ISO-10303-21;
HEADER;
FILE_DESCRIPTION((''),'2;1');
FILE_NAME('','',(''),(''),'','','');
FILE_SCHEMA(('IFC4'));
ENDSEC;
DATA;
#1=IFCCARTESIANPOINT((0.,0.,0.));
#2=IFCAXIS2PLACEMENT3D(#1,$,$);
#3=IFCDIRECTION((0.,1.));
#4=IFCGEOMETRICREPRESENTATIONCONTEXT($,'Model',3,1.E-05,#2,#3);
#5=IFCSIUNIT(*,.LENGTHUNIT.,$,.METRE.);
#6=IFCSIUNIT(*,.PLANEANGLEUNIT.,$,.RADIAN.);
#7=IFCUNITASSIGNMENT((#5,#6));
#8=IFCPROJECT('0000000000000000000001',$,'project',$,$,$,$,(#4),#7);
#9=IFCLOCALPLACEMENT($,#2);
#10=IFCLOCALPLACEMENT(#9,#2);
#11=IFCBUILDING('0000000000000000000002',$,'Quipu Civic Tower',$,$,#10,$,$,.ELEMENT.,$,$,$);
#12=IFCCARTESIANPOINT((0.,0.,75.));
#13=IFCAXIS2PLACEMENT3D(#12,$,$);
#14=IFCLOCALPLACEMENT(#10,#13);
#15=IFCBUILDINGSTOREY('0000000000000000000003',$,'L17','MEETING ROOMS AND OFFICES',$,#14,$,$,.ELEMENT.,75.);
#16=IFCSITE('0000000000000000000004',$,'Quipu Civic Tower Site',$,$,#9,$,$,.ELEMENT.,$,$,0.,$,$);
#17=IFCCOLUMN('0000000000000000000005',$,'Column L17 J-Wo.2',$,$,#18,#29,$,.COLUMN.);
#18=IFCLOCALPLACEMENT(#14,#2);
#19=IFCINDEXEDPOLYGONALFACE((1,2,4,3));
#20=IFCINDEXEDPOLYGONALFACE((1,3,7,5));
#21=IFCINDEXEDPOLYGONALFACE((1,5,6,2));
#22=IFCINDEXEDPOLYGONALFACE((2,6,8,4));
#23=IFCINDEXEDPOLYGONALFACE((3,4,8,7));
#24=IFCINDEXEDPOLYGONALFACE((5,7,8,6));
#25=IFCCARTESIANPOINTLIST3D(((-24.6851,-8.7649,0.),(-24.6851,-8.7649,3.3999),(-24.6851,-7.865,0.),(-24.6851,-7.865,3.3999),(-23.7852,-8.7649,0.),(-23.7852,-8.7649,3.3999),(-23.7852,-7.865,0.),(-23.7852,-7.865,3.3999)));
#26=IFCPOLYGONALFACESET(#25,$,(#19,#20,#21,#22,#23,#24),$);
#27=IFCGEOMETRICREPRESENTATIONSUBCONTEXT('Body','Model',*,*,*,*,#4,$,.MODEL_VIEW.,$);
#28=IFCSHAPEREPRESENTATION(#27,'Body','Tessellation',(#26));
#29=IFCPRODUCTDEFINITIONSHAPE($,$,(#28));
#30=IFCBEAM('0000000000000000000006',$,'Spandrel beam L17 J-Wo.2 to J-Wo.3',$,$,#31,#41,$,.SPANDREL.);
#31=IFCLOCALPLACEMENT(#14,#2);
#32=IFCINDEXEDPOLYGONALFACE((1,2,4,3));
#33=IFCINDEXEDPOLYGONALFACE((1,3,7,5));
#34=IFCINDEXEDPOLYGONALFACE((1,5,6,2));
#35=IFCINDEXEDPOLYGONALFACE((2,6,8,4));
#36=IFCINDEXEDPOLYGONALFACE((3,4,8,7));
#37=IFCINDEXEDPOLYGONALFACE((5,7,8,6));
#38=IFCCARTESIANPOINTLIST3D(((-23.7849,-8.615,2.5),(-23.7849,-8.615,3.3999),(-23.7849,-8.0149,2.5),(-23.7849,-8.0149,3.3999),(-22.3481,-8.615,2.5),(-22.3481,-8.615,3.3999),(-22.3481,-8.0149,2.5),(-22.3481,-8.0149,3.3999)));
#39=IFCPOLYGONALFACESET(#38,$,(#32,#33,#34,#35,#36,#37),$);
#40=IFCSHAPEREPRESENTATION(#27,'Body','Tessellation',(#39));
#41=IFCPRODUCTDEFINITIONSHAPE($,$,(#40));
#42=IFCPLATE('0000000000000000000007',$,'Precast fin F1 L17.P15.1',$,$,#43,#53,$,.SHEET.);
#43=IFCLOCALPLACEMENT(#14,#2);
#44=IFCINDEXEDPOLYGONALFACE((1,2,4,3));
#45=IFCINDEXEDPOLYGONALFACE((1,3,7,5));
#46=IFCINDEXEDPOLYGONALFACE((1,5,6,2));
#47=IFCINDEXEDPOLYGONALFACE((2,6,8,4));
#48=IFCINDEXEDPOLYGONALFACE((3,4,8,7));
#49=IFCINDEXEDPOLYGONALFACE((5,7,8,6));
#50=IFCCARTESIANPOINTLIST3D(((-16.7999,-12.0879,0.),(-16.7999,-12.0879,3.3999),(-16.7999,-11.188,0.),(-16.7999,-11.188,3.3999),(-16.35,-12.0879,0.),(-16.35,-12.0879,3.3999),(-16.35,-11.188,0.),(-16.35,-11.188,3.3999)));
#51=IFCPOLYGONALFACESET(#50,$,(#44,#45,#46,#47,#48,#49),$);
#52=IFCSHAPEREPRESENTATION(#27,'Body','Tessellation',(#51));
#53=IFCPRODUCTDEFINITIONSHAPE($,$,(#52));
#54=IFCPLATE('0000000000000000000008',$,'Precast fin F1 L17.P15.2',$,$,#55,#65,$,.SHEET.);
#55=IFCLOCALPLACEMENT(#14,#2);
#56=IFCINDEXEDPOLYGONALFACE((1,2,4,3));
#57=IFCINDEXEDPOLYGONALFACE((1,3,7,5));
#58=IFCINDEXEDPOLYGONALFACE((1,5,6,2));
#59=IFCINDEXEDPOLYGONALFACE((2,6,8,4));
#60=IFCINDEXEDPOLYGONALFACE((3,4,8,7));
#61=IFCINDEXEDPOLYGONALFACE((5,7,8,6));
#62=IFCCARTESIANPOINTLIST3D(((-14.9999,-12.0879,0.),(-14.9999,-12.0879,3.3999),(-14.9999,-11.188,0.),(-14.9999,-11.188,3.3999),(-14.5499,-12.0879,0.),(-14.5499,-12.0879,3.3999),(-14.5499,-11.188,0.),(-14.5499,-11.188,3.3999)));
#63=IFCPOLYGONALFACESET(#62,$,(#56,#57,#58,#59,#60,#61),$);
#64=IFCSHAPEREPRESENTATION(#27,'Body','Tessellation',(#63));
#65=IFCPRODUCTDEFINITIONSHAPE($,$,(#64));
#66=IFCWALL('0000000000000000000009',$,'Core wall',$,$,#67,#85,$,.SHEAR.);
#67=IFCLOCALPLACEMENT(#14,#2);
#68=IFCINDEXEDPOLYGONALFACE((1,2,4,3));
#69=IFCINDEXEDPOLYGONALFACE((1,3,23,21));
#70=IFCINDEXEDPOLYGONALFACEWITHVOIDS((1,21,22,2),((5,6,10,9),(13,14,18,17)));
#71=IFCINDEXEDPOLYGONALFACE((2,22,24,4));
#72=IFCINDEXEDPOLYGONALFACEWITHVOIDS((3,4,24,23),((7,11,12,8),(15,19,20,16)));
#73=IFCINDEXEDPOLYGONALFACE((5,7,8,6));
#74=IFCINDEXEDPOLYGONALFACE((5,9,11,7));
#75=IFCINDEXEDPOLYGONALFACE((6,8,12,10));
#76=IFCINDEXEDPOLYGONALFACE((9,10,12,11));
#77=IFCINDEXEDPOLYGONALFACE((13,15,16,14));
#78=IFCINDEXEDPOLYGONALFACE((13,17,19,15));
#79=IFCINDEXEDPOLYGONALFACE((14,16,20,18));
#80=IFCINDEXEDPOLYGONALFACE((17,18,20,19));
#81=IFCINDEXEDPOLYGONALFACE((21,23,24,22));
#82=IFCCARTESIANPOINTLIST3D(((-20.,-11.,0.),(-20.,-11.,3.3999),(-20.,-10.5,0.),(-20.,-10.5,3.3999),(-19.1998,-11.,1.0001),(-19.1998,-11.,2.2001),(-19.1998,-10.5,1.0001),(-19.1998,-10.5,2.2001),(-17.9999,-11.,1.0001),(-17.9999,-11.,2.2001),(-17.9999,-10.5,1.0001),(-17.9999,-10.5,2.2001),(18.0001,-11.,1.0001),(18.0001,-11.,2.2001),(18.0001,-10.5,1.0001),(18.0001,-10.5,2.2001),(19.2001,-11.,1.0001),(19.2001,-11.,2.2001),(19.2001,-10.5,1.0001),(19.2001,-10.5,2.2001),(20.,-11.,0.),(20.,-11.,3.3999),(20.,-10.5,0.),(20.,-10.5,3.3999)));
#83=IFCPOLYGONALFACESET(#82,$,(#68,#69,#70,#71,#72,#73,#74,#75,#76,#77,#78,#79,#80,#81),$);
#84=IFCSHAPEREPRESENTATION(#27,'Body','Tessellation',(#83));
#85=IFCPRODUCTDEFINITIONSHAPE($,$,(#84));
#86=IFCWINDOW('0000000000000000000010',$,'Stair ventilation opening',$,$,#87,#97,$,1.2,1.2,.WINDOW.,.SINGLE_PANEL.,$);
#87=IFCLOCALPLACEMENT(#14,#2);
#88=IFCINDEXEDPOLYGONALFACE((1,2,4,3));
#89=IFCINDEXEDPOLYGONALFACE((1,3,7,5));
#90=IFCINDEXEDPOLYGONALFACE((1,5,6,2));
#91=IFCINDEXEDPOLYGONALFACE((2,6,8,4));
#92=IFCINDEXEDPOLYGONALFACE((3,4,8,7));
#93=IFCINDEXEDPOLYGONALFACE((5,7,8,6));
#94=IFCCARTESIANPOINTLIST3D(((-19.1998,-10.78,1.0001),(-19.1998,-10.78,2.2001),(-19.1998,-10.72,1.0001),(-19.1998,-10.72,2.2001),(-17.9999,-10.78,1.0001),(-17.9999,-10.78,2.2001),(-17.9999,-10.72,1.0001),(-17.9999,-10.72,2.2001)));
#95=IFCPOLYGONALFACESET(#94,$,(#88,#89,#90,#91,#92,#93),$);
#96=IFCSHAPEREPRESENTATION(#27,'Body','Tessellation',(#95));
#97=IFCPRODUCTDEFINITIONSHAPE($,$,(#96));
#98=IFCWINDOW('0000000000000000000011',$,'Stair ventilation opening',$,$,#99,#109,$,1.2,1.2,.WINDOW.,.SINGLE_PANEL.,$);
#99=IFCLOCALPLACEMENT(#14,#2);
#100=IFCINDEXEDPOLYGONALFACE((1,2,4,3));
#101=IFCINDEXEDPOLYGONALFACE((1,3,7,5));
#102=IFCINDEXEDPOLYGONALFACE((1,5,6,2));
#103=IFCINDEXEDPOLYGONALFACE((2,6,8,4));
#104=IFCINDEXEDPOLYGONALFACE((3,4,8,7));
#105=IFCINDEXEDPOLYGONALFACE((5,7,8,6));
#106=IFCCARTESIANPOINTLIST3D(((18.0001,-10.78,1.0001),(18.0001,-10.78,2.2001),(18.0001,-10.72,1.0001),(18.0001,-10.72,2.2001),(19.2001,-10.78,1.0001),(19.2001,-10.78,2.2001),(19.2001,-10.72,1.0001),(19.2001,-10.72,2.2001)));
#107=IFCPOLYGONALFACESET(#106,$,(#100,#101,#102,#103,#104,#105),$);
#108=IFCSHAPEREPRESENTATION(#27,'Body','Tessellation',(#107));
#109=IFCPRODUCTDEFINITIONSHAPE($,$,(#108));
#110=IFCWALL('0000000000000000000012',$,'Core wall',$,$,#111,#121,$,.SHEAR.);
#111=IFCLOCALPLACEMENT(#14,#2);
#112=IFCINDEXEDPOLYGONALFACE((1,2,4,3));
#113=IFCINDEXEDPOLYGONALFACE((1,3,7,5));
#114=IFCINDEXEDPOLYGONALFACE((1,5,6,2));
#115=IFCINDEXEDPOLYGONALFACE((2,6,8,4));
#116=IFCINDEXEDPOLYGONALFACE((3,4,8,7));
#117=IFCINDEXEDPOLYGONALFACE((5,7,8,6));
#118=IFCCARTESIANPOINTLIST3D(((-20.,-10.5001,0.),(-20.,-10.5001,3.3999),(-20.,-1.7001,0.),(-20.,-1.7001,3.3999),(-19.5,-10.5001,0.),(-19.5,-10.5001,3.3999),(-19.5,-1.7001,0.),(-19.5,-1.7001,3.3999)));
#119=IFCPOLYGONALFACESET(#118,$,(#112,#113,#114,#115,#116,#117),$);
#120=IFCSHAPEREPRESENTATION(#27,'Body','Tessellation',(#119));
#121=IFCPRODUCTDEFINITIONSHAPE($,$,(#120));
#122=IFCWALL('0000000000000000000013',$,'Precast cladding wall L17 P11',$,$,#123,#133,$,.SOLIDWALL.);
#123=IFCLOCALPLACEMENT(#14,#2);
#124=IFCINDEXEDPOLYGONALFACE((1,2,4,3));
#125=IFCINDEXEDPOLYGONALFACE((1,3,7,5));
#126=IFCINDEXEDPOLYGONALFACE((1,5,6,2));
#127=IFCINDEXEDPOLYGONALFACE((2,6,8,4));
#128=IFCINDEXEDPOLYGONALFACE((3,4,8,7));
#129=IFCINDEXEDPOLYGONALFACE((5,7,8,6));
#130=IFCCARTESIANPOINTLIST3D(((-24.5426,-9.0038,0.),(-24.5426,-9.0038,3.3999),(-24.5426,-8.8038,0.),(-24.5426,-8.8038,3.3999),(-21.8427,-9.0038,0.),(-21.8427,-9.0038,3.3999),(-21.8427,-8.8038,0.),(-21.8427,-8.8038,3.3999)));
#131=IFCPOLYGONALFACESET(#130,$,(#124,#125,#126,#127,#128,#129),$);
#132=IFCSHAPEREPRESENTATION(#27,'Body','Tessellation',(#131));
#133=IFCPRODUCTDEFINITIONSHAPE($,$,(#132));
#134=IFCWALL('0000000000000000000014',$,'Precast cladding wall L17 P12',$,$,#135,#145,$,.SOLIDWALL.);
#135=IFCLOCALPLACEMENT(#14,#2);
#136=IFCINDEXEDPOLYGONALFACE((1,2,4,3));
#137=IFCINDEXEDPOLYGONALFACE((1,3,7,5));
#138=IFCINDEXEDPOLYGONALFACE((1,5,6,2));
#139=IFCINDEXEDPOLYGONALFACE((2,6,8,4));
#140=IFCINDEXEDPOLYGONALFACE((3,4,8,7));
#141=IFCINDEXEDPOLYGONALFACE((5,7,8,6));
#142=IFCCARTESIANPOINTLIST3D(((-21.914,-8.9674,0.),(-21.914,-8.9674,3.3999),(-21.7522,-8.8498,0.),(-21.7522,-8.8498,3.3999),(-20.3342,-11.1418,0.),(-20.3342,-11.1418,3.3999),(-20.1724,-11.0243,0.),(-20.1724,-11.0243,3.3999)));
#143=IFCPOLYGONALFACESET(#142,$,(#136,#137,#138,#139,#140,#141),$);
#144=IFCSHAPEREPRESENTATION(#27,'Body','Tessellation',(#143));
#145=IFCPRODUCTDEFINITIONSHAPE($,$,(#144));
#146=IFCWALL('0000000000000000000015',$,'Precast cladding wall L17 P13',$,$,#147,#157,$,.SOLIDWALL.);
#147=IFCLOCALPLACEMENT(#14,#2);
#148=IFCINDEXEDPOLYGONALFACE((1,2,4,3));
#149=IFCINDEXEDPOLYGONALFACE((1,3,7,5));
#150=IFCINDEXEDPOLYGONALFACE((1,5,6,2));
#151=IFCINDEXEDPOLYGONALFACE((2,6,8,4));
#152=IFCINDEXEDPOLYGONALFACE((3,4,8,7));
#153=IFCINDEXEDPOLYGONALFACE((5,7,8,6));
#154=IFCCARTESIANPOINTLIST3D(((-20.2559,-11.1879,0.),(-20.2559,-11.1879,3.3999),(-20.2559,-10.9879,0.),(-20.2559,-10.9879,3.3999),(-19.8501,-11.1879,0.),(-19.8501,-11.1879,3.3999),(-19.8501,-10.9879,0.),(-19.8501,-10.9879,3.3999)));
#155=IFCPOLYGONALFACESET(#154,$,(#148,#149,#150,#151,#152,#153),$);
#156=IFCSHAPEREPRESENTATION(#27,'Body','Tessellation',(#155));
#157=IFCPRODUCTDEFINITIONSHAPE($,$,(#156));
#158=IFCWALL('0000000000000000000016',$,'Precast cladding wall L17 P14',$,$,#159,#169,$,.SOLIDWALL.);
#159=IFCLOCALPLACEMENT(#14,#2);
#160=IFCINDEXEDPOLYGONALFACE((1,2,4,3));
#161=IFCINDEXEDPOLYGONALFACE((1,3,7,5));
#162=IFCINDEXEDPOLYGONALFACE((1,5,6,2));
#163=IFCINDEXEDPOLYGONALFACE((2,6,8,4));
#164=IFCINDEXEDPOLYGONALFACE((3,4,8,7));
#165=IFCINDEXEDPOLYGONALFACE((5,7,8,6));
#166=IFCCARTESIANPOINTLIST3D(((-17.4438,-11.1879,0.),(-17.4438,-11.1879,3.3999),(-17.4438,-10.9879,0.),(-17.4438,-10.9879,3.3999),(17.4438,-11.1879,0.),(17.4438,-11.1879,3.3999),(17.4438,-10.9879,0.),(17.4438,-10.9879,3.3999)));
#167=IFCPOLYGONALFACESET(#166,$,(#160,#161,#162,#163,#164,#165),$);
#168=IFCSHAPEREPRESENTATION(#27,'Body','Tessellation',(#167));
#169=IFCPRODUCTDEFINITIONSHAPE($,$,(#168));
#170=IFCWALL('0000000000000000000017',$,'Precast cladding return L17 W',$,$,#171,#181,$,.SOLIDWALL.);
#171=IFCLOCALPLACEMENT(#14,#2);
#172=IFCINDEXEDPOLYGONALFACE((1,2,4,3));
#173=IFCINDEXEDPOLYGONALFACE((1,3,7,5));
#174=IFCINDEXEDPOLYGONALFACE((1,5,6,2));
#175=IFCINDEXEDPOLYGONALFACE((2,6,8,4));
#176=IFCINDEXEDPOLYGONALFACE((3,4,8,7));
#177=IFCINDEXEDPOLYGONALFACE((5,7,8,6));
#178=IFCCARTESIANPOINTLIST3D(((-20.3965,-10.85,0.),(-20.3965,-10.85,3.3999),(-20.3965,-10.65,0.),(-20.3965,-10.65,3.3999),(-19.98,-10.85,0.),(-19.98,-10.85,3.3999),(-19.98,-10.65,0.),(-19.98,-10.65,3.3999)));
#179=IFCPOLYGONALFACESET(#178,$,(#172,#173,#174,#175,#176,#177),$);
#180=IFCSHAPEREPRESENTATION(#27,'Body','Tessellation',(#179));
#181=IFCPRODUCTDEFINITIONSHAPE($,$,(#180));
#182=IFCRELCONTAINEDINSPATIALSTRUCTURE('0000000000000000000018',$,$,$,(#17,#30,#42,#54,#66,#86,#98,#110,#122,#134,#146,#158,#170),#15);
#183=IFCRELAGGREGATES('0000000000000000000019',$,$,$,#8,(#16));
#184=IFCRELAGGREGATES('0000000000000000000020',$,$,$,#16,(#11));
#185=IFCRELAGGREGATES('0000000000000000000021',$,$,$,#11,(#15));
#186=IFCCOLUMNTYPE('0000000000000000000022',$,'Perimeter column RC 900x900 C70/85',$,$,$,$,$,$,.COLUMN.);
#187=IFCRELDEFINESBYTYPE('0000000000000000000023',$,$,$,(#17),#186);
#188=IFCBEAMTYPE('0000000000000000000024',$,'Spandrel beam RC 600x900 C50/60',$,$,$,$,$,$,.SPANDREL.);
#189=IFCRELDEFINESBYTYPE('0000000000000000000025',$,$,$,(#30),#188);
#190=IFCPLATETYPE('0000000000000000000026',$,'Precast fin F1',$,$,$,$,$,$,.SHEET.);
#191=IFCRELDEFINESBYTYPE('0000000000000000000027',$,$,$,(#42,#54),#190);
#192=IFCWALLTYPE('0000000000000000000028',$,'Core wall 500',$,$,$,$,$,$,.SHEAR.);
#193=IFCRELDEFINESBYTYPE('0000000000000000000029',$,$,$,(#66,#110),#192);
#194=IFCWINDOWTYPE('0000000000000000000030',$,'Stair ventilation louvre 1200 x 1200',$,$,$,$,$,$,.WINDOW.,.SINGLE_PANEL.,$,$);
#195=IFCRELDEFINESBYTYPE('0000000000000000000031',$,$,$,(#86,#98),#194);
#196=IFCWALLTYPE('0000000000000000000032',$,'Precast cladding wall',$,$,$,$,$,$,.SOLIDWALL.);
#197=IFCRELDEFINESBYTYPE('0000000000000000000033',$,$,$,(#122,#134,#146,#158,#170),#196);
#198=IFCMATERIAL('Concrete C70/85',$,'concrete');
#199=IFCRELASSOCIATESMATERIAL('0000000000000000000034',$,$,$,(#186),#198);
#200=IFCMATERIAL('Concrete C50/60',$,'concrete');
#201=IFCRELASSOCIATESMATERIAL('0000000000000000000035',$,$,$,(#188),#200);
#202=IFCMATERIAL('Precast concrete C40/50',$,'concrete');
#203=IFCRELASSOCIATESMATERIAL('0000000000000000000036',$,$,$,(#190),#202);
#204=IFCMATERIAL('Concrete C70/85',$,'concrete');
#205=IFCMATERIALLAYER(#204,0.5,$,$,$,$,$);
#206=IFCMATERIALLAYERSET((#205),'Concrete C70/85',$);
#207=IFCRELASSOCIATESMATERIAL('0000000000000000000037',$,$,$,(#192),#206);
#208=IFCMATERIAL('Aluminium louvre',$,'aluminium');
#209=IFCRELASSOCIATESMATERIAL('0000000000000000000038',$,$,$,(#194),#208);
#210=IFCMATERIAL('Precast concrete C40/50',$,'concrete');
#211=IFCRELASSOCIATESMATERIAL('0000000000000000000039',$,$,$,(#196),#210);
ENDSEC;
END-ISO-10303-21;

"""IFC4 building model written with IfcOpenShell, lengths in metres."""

from ifc_helpers import new_model, si_unit, direction, frame, frame_2d, origin, origin_2d, place, context, subcontext, project, spatial, rectangle, extrude, material, layer, layer_set, material_profile, profile_set, type_object, element, fill, save


model = new_model("IFC4")

# Units and contexts
model_context = context("Model", 3, precision=1e-05, world=origin(), true_north=direction((0.0, 1.0)))
body_context = subcontext(model_context, "Body", "Model", "MODEL_VIEW")
ifc_project = project(units=[si_unit("LENGTHUNIT", "METRE"), si_unit("PLANEANGLEUNIT", "RADIAN")], contexts=[model_context])

# Site, building, storey
site_placement = place(None, origin())
site = spatial("IfcSite", under=ifc_project, at=site_placement, Name="Quipu Civic Tower Site", CompositionType="ELEMENT", RefElevation=0.0)
building_placement = place(site_placement, origin())
building = spatial("IfcBuilding", under=site, at=building_placement, Name="Quipu Civic Tower", CompositionType="ELEMENT")
storey_placement = place(building_placement, frame((0.0, 0.0, 75.0)))
storey = spatial("IfcBuildingStorey", under=building, at=storey_placement, Name="L17", Description="MEETING ROOMS AND OFFICES", CompositionType="ELEMENT", Elevation=75.0)

# Column
ifc_material_1 = material(Name="Concrete C70/85", Category="concrete")
ifc_material_profile_1 = material_profile(ifc_material_1, rectangle(XDim=0.8999, YDim=0.8999, at=origin_2d()), Name="RC900x900")
ifc_profile_set_1 = profile_set([ifc_material_profile_1], Name="Concrete C70/85")
column_type = type_object("IfcColumnType", Name="Perimeter column RC 900x900 C70/85", PredefinedType="COLUMN", material=ifc_profile_set_1)
column_placement = place(storey_placement, frame((-24.2351, -8.3149, 0.0), z_axis=(0.0, 0.0, 1.0), x_axis=(1.0, 0.0, 0.0)))
element("IfcColumn", 1, at=column_placement, inside=storey, type_object=column_type, Name="Column L17 J-Wo.2", PredefinedType="COLUMN", context=body_context, shape_type="SweptSolid", body=[
    extrude(rectangle(XDim=0.8999, YDim=0.8999, at=origin_2d()), origin(), (0.0, 0.0, 1.0), 3.3999),
])

# Beam
ifc_material_2 = material(Name="Concrete C50/60", Category="concrete")
ifc_material_profile_2 = material_profile(ifc_material_2, rectangle(XDim=0.6001, YDim=0.8999, at=origin_2d()), Name="RC600x900")
ifc_profile_set_2 = profile_set([ifc_material_profile_2], Name="Concrete C50/60")
beam_type = type_object("IfcBeamType", Name="Spandrel beam RC 600x900 C50/60", PredefinedType="SPANDREL", material=ifc_profile_set_2)
beam_placement = place(storey_placement, frame((-23.7849, -8.3149, 2.95), z_axis=(1.0, 0.0, 0.0), x_axis=(0.0, 1.0, 0.0)))
element("IfcBeam", 2, at=beam_placement, inside=storey, type_object=beam_type, Name="Spandrel beam L17 J-Wo.2 to J-Wo.3", PredefinedType="SPANDREL", context=body_context, shape_type="SweptSolid", body=[
    extrude(rectangle(XDim=0.6001, YDim=0.8999, at=origin_2d()), origin(), (0.0, 0.0, 1.0), 1.4368),
])

# Plates
ifc_material_3 = material(Name="Precast concrete C40/50", Category="concrete")
plate_type = type_object("IfcPlateType", Name="Precast fin F1", PredefinedType="SHEET", material=ifc_material_3)
for number, where, z_axis, x_axis, name in (
    (3, (-16.575, -11.6379, 0.0), (0.0, 0.0, 1.0), (1.0, 0.0, 0.0), "Precast fin F1 L17.P15.1"),
    (4, (-14.7749, -11.6379, 0.0), (0.0, 0.0, 1.0), (1.0, 0.0, 0.0), "Precast fin F1 L17.P15.2"),
):
    element("IfcPlate", number, at=place(storey_placement, frame(where, z_axis=z_axis, x_axis=x_axis)), inside=storey, type_object=plate_type, Name=name, PredefinedType="SHEET", context=body_context, shape_type="SweptSolid", body=[
        extrude(rectangle(XDim=0.45, YDim=0.8999, at=origin_2d()), origin(), (0.0, 0.0, 1.0), 3.3999),
    ])

# Wall, openings, windows
ifc_material_4 = material(Name="Concrete C70/85", Category="concrete")
ifc_layer = layer(ifc_material_4, 0.5)
ifc_layer_set = layer_set([ifc_layer], Name="Concrete C70/85")
wall_type_1 = type_object("IfcWallType", Name="Core wall 500", PredefinedType="SHEAR", material=ifc_layer_set)
wall_1_placement = place(storey_placement, frame((-20.0, -10.75, 0.0), z_axis=(0.0, 0.0, 1.0), x_axis=(1.0, 0.0, 0.0)))
wall_1 = element("IfcWall", 5, at=wall_1_placement, inside=storey, type_object=wall_type_1, Name="Core wall", PredefinedType="SHEAR", context=body_context, shape_type="SweptSolid", body=[
    extrude(rectangle(XDim=40.0, YDim=0.5, at=frame_2d((20.0, 0.0))), origin(), (0.0, 0.0, 1.0), 3.3999),
])
opening_1_placement = place(wall_1_placement, frame((0.8, 0.0, 1.0)))
opening_1 = element("IfcOpeningElement", 6, at=opening_1_placement, cuts=wall_1, PredefinedType="OPENING", context=body_context, shape_type="SweptSolid", body=[
    extrude(rectangle(XDim=1.2, YDim=1.2, at=frame_2d((0.6001, 0.6001))), frame((0.0, 0.26, 0.0), z_axis=(0.0, -1.0, 0.0), x_axis=(1.0, 0.0, 0.0)), (0.0, 0.0, 1.0), 0.52),
])
opening_2_placement = place(wall_1_placement, frame((38.0, 0.0, 1.0)))
opening_2 = element("IfcOpeningElement", 7, at=opening_2_placement, cuts=wall_1, PredefinedType="OPENING", context=body_context, shape_type="SweptSolid", body=[
    extrude(rectangle(XDim=1.2, YDim=1.2, at=frame_2d((0.6001, 0.6001))), frame((0.0, 0.26, 0.0), z_axis=(0.0, -1.0, 0.0), x_axis=(1.0, 0.0, 0.0)), (0.0, 0.0, 1.0), 0.52),
])
ifc_material_5 = material(Name="Aluminium louvre", Category="aluminium")
window_type = type_object("IfcWindowType", Name="Stair ventilation louvre 1200 x 1200", PartitioningType="SINGLE_PANEL", PredefinedType="WINDOW", material=ifc_material_5)
window_1_placement = place(opening_1_placement, origin())
window_1 = element("IfcWindow", 8, at=window_1_placement, inside=storey, type_object=window_type, Name="Stair ventilation opening", OverallHeight=1.2, OverallWidth=1.2, PartitioningType="SINGLE_PANEL", PredefinedType="WINDOW", context=body_context, shape_type="SweptSolid", body=[
    extrude(rectangle(XDim=1.2, YDim=1.2, at=frame_2d((0.6001, 0.6001))), frame((0.0, 0.03, 0.0), z_axis=(0.0, -1.0, 0.0), x_axis=(1.0, 0.0, 0.0)), (0.0, 0.0, 1.0), 0.0601),
])
fill(opening_1, window_1)
window_2_placement = place(opening_2_placement, origin())
window_2 = element("IfcWindow", 9, at=window_2_placement, inside=storey, type_object=window_type, Name="Stair ventilation opening", OverallHeight=1.2, OverallWidth=1.2, PartitioningType="SINGLE_PANEL", PredefinedType="WINDOW", context=body_context, shape_type="SweptSolid", body=[
    extrude(rectangle(XDim=1.2, YDim=1.2, at=frame_2d((0.6001, 0.6001))), frame((0.0, 0.03, 0.0), z_axis=(0.0, -1.0, 0.0), x_axis=(1.0, 0.0, 0.0)), (0.0, 0.0, 1.0), 0.0601),
])
fill(opening_2, window_2)

# Walls
wall_2_placement = place(storey_placement, frame((-19.75, -10.5, 0.0), z_axis=(0.0, 0.0, 1.0), x_axis=(0.0, 1.0, 0.0)))
element("IfcWall", 10, at=wall_2_placement, inside=storey, type_object=wall_type_1, Name="Core wall", PredefinedType="SHEAR", context=body_context, shape_type="SweptSolid", body=[
    extrude(rectangle(XDim=8.8, YDim=0.5, at=frame_2d((4.3999, 0.0))), origin(), (0.0, 0.0, 1.0), 3.3999),
])
ifc_material_6 = material(Name="Precast concrete C40/50", Category="concrete")
wall_type_2 = type_object("IfcWallType", Name="Precast cladding wall", PredefinedType="SOLIDWALL", material=ifc_material_6)
wall_3_placement = place(storey_placement, frame((-24.5427, -8.9038, 0.0), z_axis=(0.0, 0.0, 1.0), x_axis=(1.0, 0.0, 0.0)))
element("IfcWall", 11, at=wall_3_placement, inside=storey, type_object=wall_type_2, Name="Precast cladding wall L17 P11", PredefinedType="SOLIDWALL", context=body_context, shape_type="SweptSolid", body=[
    extrude(rectangle(XDim=2.7, YDim=0.2, at=frame_2d((1.3501, 0.0))), origin(), (0.0, 0.0, 1.0), 3.3999),
])
wall_4_placement = place(storey_placement, frame((-21.833, -8.9087, 0.0), z_axis=(0.0, 0.0, 1.0), x_axis=(0.587767, -0.809031, 0.0)))
element("IfcWall", 12, at=wall_4_placement, inside=storey, type_object=wall_type_2, Name="Precast cladding wall L17 P12", PredefinedType="SOLIDWALL", context=body_context, shape_type="SweptSolid", body=[
    extrude(rectangle(XDim=2.6877, YDim=0.2, at=frame_2d((1.3438, 0.0))), origin(), (0.0, 0.0, 1.0), 3.3999),
])
wall_5_placement = place(storey_placement, frame((-20.2559, -11.0879, 0.0), z_axis=(0.0, 0.0, 1.0), x_axis=(1.0, 0.0, 0.0)))
element("IfcWall", 13, at=wall_5_placement, inside=storey, type_object=wall_type_2, Name="Precast cladding wall L17 P13", PredefinedType="SOLIDWALL", context=body_context, shape_type="SweptSolid", body=[
    extrude(rectangle(XDim=0.4058, YDim=0.2, at=frame_2d((0.2029, 0.0))), origin(), (0.0, 0.0, 1.0), 3.3999),
])
wall_6_placement = place(storey_placement, frame((-17.4438, -11.0879, 0.0), z_axis=(0.0, 0.0, 1.0), x_axis=(1.0, 0.0, 0.0)))
element("IfcWall", 14, at=wall_6_placement, inside=storey, type_object=wall_type_2, Name="Precast cladding wall L17 P14", PredefinedType="SOLIDWALL", context=body_context, shape_type="SweptSolid", body=[
    extrude(rectangle(XDim=34.8877, YDim=0.2, at=frame_2d((17.4438, 0.0))), origin(), (0.0, 0.0, 1.0), 3.3999),
])
wall_7_placement = place(storey_placement, frame((-19.98, -10.75, 0.0), z_axis=(0.0, 0.0, 1.0), x_axis=(-1.0, 0.0, 0.0)))
element("IfcWall", 15, at=wall_7_placement, inside=storey, type_object=wall_type_2, Name="Precast cladding return L17 W", PredefinedType="SOLIDWALL", context=body_context, shape_type="SweptSolid", body=[
    extrude(rectangle(XDim=0.4165, YDim=0.2, at=frame_2d((0.2083, 0.0))), origin(), (0.0, 0.0, 1.0), 3.3999),
])

save(model, "model.ifc")
